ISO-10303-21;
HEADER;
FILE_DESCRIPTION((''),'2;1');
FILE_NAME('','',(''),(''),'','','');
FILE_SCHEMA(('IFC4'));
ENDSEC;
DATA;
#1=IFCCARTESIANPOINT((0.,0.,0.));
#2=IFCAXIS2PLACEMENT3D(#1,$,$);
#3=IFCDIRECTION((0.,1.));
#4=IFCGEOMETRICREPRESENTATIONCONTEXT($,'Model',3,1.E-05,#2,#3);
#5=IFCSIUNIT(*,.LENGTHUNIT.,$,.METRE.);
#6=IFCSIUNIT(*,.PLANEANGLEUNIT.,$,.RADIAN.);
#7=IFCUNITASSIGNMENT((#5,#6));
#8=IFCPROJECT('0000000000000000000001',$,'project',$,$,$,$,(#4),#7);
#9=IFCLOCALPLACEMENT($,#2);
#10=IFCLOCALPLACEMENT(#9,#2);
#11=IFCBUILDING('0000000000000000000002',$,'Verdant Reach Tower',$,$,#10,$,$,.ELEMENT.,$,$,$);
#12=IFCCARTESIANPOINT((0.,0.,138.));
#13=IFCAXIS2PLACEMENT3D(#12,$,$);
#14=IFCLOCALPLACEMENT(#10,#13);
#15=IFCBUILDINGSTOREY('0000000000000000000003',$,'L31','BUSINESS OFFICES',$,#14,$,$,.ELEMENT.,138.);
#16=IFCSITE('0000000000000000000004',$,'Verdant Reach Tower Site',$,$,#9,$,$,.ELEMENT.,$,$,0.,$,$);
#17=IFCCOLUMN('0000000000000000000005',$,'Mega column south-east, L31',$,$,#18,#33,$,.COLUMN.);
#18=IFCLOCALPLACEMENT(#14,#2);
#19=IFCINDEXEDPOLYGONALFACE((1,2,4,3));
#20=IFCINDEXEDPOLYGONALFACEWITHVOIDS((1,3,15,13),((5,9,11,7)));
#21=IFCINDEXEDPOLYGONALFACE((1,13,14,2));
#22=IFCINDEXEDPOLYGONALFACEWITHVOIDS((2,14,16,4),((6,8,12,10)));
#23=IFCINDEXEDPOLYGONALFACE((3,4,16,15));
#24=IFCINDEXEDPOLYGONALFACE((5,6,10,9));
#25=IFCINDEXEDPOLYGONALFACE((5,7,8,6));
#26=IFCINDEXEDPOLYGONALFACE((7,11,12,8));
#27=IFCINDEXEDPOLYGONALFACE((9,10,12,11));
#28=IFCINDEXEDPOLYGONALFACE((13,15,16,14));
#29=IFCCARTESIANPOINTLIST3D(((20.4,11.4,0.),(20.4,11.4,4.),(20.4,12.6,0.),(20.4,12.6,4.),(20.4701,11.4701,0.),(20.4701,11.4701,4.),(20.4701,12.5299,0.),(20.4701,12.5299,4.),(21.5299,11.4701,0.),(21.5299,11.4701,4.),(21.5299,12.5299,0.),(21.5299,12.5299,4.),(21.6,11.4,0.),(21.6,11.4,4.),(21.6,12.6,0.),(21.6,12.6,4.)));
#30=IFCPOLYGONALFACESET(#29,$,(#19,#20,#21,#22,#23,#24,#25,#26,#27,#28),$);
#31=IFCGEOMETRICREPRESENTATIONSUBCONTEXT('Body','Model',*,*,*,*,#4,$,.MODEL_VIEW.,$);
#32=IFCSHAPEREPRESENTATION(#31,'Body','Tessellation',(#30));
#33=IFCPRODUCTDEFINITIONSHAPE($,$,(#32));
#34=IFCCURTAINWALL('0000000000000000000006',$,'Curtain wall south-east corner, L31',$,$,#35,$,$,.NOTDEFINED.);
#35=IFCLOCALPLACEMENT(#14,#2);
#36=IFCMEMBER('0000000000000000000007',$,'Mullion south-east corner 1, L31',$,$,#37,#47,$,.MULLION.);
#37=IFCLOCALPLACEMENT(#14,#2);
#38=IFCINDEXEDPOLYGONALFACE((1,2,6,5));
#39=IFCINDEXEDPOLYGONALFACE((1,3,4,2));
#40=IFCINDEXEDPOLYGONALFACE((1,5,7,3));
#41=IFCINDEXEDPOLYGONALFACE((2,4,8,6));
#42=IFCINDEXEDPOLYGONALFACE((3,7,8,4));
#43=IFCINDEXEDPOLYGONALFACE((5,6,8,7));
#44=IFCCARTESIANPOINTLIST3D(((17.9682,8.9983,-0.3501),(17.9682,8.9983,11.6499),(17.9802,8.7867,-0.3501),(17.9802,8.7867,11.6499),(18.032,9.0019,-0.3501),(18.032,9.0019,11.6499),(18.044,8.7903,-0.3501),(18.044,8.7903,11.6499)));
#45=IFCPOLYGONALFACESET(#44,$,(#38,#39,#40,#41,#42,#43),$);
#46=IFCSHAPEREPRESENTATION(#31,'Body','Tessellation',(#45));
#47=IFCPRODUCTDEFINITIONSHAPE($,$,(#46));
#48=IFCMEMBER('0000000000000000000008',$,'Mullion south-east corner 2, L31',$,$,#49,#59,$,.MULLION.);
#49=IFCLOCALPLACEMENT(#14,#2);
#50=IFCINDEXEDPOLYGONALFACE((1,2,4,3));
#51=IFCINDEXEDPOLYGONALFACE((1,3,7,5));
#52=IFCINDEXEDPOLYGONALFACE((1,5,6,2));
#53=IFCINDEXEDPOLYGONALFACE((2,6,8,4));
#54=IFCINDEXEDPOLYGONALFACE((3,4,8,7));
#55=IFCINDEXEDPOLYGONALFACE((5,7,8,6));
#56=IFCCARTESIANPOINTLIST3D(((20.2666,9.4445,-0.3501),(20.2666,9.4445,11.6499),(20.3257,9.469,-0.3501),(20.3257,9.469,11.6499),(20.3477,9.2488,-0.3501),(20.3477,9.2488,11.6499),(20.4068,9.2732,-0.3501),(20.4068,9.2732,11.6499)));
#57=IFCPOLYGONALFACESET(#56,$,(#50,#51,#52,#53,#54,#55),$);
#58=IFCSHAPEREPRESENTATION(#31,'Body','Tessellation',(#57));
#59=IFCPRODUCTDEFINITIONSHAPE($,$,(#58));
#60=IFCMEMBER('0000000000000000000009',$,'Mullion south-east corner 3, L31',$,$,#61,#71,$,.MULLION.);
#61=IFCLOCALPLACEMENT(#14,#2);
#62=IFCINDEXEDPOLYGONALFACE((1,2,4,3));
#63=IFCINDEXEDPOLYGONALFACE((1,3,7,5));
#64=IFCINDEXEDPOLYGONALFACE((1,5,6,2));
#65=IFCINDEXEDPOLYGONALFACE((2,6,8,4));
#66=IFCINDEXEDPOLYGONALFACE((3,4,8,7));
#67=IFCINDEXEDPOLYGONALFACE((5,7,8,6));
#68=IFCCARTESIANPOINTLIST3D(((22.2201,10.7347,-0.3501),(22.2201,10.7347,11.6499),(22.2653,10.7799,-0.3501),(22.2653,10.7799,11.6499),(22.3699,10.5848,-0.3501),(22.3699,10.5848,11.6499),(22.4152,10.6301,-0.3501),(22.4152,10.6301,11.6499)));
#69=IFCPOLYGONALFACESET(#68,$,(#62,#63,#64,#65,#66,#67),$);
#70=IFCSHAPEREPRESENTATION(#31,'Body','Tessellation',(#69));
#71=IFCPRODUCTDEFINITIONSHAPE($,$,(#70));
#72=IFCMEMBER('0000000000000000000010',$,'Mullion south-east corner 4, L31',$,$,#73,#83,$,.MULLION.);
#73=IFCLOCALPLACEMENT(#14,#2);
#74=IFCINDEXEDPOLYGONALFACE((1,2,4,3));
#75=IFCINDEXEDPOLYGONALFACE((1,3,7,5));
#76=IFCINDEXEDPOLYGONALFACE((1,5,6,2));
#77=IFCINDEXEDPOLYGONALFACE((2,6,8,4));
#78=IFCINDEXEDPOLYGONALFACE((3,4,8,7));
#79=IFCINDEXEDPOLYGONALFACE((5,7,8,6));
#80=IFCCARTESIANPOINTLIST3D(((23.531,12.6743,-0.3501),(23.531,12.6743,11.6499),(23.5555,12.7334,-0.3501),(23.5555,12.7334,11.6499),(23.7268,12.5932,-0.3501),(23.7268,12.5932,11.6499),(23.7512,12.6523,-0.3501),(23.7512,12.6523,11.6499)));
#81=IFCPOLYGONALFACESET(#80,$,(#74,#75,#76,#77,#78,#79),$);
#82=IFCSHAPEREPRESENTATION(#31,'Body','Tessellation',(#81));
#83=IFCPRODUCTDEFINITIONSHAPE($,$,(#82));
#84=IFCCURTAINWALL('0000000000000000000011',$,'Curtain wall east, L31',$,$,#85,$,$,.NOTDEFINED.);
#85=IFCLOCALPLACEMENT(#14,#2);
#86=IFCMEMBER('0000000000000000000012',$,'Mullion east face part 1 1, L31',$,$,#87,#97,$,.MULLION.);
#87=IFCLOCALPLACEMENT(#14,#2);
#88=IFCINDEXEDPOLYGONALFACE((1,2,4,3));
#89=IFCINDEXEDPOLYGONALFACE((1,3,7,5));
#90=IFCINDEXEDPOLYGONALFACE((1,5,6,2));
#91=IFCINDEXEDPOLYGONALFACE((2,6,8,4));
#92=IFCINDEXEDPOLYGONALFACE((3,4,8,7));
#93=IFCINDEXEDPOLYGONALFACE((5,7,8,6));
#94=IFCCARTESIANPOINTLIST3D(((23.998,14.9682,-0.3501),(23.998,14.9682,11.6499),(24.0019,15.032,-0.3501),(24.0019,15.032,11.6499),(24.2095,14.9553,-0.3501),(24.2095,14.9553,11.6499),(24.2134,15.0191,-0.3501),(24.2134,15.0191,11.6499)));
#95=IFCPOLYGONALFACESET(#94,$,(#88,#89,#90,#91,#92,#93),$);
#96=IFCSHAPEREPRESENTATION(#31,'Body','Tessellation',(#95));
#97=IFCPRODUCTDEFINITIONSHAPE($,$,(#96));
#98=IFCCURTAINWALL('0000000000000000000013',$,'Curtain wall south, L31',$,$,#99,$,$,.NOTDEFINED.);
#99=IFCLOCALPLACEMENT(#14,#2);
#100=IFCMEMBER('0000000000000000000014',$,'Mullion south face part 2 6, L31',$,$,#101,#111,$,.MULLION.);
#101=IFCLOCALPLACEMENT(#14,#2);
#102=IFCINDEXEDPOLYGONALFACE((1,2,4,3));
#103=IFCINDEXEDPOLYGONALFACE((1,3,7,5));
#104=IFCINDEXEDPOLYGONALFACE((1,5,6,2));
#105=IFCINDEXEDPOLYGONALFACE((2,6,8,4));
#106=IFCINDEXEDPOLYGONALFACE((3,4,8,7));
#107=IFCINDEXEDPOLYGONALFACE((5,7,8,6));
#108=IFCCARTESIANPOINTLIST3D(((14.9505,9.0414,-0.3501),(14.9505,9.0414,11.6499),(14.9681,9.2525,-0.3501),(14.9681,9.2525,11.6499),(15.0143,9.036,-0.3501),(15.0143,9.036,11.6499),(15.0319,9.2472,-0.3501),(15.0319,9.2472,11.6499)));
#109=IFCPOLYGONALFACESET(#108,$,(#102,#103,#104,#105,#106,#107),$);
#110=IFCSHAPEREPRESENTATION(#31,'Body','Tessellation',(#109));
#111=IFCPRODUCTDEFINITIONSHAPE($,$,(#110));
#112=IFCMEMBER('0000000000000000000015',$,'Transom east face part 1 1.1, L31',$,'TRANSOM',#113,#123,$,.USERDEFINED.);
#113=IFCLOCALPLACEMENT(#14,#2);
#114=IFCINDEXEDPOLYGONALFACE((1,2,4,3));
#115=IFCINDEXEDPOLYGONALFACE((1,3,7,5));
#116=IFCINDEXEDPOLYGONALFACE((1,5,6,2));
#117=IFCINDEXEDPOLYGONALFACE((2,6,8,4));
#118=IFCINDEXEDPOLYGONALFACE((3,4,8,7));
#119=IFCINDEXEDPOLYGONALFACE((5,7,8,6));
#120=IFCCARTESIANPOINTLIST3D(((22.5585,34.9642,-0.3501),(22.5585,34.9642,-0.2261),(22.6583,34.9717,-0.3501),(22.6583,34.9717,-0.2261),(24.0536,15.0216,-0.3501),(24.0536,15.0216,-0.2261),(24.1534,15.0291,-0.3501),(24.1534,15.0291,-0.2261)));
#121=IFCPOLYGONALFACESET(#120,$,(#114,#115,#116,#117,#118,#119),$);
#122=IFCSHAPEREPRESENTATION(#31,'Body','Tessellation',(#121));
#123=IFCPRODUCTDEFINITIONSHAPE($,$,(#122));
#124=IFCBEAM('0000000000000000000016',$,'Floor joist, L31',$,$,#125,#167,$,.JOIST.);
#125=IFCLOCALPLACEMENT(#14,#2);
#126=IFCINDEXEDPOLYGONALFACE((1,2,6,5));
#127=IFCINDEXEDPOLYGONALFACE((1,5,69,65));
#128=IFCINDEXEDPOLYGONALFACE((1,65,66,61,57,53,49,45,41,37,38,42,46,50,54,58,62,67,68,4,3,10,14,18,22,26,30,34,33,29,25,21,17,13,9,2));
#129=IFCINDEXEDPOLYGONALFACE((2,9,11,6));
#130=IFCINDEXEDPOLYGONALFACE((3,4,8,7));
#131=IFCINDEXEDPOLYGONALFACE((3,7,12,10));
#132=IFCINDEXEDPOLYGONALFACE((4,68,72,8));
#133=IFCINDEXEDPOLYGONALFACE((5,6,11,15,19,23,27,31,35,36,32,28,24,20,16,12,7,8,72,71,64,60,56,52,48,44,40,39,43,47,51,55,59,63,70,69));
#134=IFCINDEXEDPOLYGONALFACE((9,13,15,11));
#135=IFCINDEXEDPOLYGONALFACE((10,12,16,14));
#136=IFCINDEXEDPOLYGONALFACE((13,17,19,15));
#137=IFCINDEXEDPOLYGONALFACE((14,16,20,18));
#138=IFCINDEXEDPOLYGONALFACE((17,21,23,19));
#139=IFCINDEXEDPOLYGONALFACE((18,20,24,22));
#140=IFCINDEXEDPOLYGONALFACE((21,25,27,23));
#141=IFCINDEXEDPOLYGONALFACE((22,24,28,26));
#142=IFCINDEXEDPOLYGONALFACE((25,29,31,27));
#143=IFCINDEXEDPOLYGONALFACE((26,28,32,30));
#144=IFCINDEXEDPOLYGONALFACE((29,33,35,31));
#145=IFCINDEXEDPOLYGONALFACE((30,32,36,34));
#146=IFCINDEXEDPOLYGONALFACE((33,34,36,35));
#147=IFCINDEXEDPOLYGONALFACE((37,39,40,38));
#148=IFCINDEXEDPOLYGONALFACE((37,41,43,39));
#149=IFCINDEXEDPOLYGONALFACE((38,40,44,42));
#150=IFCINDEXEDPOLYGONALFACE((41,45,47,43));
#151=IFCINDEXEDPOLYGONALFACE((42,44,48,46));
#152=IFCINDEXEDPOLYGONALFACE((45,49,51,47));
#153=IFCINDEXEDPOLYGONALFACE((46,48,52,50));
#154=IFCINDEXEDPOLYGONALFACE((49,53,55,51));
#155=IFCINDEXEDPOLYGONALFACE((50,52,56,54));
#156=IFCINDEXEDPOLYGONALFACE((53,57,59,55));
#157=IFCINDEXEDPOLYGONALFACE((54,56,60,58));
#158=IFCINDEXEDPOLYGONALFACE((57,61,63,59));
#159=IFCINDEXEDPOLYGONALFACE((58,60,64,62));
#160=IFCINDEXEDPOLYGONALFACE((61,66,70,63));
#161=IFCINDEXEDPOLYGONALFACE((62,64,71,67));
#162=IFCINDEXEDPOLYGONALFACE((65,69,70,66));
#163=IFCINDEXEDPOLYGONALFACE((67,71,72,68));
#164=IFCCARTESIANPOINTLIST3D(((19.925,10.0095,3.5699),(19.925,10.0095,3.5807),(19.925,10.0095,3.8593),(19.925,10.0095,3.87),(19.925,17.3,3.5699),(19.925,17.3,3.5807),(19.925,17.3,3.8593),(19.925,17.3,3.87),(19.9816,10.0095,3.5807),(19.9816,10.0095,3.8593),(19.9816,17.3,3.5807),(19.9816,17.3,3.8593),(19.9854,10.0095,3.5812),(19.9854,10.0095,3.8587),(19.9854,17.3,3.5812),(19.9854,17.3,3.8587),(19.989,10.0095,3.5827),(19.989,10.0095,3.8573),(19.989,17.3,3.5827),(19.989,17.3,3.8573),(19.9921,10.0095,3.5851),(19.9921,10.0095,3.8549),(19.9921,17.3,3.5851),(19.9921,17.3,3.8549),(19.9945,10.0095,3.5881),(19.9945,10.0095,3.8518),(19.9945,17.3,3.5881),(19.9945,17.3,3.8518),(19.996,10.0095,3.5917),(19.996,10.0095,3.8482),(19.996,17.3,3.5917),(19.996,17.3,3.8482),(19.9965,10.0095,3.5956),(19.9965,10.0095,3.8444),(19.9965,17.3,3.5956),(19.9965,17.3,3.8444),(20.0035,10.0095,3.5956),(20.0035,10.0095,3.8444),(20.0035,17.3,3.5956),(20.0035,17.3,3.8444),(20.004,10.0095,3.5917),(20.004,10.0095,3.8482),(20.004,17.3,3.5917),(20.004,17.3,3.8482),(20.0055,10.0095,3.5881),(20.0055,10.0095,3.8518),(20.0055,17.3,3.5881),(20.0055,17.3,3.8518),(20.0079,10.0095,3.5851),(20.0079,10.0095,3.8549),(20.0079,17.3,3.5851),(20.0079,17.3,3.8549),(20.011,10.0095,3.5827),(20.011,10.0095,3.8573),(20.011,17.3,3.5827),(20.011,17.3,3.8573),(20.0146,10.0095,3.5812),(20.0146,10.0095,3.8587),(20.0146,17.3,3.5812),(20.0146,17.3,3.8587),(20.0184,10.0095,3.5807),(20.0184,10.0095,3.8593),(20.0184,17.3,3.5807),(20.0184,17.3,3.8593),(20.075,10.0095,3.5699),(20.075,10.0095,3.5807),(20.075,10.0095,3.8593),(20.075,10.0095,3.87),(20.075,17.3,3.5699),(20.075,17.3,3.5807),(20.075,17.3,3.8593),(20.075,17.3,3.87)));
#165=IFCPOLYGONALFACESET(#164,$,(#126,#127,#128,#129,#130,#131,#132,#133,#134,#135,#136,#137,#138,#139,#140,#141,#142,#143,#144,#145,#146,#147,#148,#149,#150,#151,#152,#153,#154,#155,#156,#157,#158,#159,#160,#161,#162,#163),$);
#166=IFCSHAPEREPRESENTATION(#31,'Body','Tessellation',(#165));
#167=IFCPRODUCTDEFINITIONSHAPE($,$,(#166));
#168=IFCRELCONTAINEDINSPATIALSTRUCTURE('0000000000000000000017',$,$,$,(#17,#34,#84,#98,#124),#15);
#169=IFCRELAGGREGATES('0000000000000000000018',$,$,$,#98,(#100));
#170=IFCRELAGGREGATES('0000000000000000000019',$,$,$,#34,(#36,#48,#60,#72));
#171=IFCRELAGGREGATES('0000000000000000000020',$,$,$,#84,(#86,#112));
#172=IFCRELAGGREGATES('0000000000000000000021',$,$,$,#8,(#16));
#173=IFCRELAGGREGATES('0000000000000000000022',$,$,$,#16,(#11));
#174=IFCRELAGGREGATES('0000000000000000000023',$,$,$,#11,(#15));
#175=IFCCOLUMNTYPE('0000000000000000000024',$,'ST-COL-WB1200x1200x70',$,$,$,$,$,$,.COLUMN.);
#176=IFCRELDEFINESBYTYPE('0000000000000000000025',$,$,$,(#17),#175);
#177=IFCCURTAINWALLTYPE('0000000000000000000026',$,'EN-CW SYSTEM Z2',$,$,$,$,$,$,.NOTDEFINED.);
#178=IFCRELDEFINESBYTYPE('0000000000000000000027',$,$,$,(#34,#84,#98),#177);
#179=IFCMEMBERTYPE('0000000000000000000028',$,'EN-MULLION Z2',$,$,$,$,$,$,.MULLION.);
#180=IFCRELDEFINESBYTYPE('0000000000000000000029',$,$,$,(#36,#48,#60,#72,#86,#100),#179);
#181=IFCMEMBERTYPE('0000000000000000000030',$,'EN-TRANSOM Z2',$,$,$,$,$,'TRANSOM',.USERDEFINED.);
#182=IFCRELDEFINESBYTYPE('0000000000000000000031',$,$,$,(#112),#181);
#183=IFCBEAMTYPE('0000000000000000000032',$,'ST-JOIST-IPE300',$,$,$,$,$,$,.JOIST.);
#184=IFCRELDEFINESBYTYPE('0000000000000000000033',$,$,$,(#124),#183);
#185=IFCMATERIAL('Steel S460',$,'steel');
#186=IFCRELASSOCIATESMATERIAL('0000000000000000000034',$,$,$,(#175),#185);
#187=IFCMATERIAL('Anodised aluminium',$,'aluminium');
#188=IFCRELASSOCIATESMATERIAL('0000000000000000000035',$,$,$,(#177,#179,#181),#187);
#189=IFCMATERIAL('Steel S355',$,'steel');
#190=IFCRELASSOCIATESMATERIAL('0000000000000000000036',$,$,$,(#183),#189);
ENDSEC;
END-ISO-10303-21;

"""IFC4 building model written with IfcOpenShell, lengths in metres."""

from ifc_helpers import new_model, si_unit, direction, frame, origin, origin_2d, place, context, subcontext, project, spatial, rectangle, hollow_rectangle, i_section, extrude, material, material_profile, profile_set, type_object, element, aggregate, save


model = new_model("IFC4")

# Units and contexts
model_context = context("Model", 3, precision=1e-05, world=origin(), true_north=direction((0.0, 1.0)))
body_context = subcontext(model_context, "Body", "Model", "MODEL_VIEW")
ifc_project = project(units=[si_unit("LENGTHUNIT", "METRE"), si_unit("PLANEANGLEUNIT", "RADIAN")], contexts=[model_context])

# Site, building, storey
site_placement = place(None, origin())
site = spatial("IfcSite", under=ifc_project, at=site_placement, Name="Verdant Reach Tower Site", CompositionType="ELEMENT", RefElevation=0.0)
building_placement = place(site_placement, origin())
building = spatial("IfcBuilding", under=site, at=building_placement, Name="Verdant Reach Tower", CompositionType="ELEMENT")
storey_placement = place(building_placement, frame((0.0, 0.0, 138.0)))
storey = spatial("IfcBuildingStorey", under=building, at=storey_placement, Name="L31", Description="BUSINESS OFFICES", CompositionType="ELEMENT", Elevation=138.0)

# Column
ifc_material_1 = material(Name="Steel S460", Category="steel")
ifc_material_profile_1 = material_profile(ifc_material_1, hollow_rectangle(XDim=1.2, YDim=1.2, WallThickness=0.0701, at=origin_2d()), Name="WB 1200x1200x70")
ifc_profile_set_1 = profile_set([ifc_material_profile_1], Name="Steel S460")
column_type = type_object("IfcColumnType", Name="ST-COL-WB1200x1200x70", PredefinedType="COLUMN", material=ifc_profile_set_1)
column_placement = place(storey_placement, frame((21.0, 12.0, 0.0), z_axis=(0.0, 0.0, 1.0), x_axis=(1.0, 0.0, 0.0)))
element("IfcColumn", 1, at=column_placement, inside=storey, type_object=column_type, Name="Mega column south-east, L31", PredefinedType="COLUMN", context=body_context, shape_type="SweptSolid", body=[
    extrude(hollow_rectangle(XDim=1.2, YDim=1.2, WallThickness=0.0701, at=origin_2d()), origin(), (0.0, 0.0, 1.0), 4.0),
])

# Curtain wall, members
ifc_material_2 = material(Name="Anodised aluminium", Category="aluminium")
curtain_wall_type = type_object("IfcCurtainWallType", Name="EN-CW SYSTEM Z2", PredefinedType="NOTDEFINED", material=ifc_material_2)
curtain_wall_1_placement = place(storey_placement, origin())
curtain_wall_1 = element("IfcCurtainWall", 2, at=curtain_wall_1_placement, inside=storey, type_object=curtain_wall_type, Name="Curtain wall south-east corner, L31", PredefinedType="NOTDEFINED")
ifc_material_profile_2 = material_profile(ifc_material_2, rectangle(XDim=0.2119, YDim=0.064, at=origin_2d()), Name="Mullion 64x212")
ifc_profile_set_2 = profile_set([ifc_material_profile_2], Name="Anodised aluminium")
member_type_1 = type_object("IfcMemberType", Name="EN-MULLION Z2", PredefinedType="MULLION", material=ifc_profile_set_2)
member_1_placement = place(storey_placement, frame((18.0061, 8.8943, -0.3501), z_axis=(0.0, 0.0, 1.0), x_axis=(0.056569, -0.998399, 0.0)))
member_1 = element("IfcMember", 3, at=member_1_placement, type_object=member_type_1, Name="Mullion south-east corner 1, L31", PredefinedType="MULLION", context=body_context, shape_type="SweptSolid", body=[
    extrude(rectangle(XDim=0.2119, YDim=0.064, at=origin_2d()), origin(), (0.0, 0.0, 1.0), 12.0),
])
member_2_placement = place(storey_placement, frame((20.3367, 9.3589, -0.3501), z_axis=(0.0, 0.0, 1.0), x_axis=(0.382694, -0.923875, 0.0)))
member_2 = element("IfcMember", 4, at=member_2_placement, type_object=member_type_1, Name="Mullion south-east corner 2, L31", PredefinedType="MULLION", context=body_context, shape_type="SweptSolid", body=[
    extrude(rectangle(XDim=0.2119, YDim=0.064, at=origin_2d()), origin(), (0.0, 0.0, 1.0), 12.0),
])
member_3_placement = place(storey_placement, frame((22.3176, 10.6824, -0.3501), z_axis=(0.0, 0.0, 1.0), x_axis=(0.707107, -0.707107, 0.0)))
member_3 = element("IfcMember", 5, at=member_3_placement, type_object=member_type_1, Name="Mullion south-east corner 3, L31", PredefinedType="MULLION", context=body_context, shape_type="SweptSolid", body=[
    extrude(rectangle(XDim=0.2119, YDim=0.064, at=origin_2d()), origin(), (0.0, 0.0, 1.0), 12.0),
])
member_4_placement = place(storey_placement, frame((23.6411, 12.6633, -0.3501), z_axis=(0.0, 0.0, 1.0), x_axis=(0.923875, -0.382694, 0.0)))
member_4 = element("IfcMember", 6, at=member_4_placement, type_object=member_type_1, Name="Mullion south-east corner 4, L31", PredefinedType="MULLION", context=body_context, shape_type="SweptSolid", body=[
    extrude(rectangle(XDim=0.2119, YDim=0.064, at=origin_2d()), origin(), (0.0, 0.0, 1.0), 12.0),
])

# Curtain walls, members
curtain_wall_2_placement = place(storey_placement, origin())
curtain_wall_2 = element("IfcCurtainWall", 7, at=curtain_wall_2_placement, inside=storey, type_object=curtain_wall_type, Name="Curtain wall east, L31", PredefinedType="NOTDEFINED")
member_5_placement = place(storey_placement, frame((24.1057, 14.9937, -0.3501), z_axis=(0.0, 0.0, 1.0), x_axis=(0.998156, -0.060703, 0.0)))
member_5 = element("IfcMember", 8, at=member_5_placement, type_object=member_type_1, Name="Mullion east face part 1 1, L31", PredefinedType="MULLION", context=body_context, shape_type="SweptSolid", body=[
    extrude(rectangle(XDim=0.2119, YDim=0.064, at=origin_2d()), origin(), (0.0, 0.0, 1.0), 12.0),
])
curtain_wall_3_placement = place(storey_placement, origin())
curtain_wall_3 = element("IfcCurtainWall", 9, at=curtain_wall_3_placement, inside=storey, type_object=curtain_wall_type, Name="Curtain wall south, L31", PredefinedType="NOTDEFINED")
member_6_placement = place(storey_placement, frame((14.9912, 9.1443, -0.3501), z_axis=(0.0, 0.0, 1.0), x_axis=(-0.083045, -0.996546, 0.0)))
member_6 = element("IfcMember", 10, at=member_6_placement, type_object=member_type_1, Name="Mullion south face part 2 6, L31", PredefinedType="MULLION", context=body_context, shape_type="SweptSolid", body=[
    extrude(rectangle(XDim=0.2119, YDim=0.064, at=origin_2d()), origin(), (0.0, 0.0, 1.0), 12.0),
])

# Member
ifc_material_profile_3 = material_profile(ifc_material_2, rectangle(XDim=0.1001, YDim=0.124, at=origin_2d()), Name="Transom 124x100")
ifc_profile_set_3 = profile_set([ifc_material_profile_3], Name="Anodised aluminium")
member_type_2 = type_object("IfcMemberType", Name="EN-TRANSOM Z2", ElementType="TRANSOM", PredefinedType="USERDEFINED", material=ifc_profile_set_3)
member_7_placement = place(storey_placement, frame((24.1035, 15.0254, -0.2881), z_axis=(-0.074761, 0.997201, 0.0), x_axis=(-0.997201, -0.074761, 0.0)))
member_7 = element("IfcMember", 11, at=member_7_placement, type_object=member_type_2, Name="Transom east face part 1 1.1, L31", ObjectType="TRANSOM", PredefinedType="USERDEFINED", context=body_context, shape_type="SweptSolid", body=[
    extrude(rectangle(XDim=0.1001, YDim=0.124, at=origin_2d()), origin(), (0.0, 0.0, 1.0), 19.9985),
])

# Beam
ifc_material_3 = material(Name="Steel S355", Category="steel")
ifc_material_profile_4 = material_profile(ifc_material_3, i_section(OverallWidth=0.1499, OverallDepth=0.3, WebThickness=0.0071, FlangeThickness=0.0107, FilletRadius=0.0149, at=origin_2d()), Name="IPE 300")
ifc_profile_set_4 = profile_set([ifc_material_profile_4], Name="Steel S355")
beam_type_1 = type_object("IfcBeamType", Name="ST-JOIST-IPE300", PredefinedType="JOIST", material=ifc_profile_set_4)
beam_1_placement = place(storey_placement, frame((20.0, 17.3, 3.72), z_axis=(0.0, -1.0, 0.0), x_axis=(1.0, 0.0, 0.0)))
element("IfcBeam", 12, at=beam_1_placement, inside=storey, type_object=beam_type_1, Name="Floor joist, L31", PredefinedType="JOIST", context=body_context, shape_type="SweptSolid", body=[
    extrude(i_section(OverallWidth=0.1499, OverallDepth=0.3, WebThickness=0.0071, FlangeThickness=0.0107, FilletRadius=0.0149, at=origin_2d()), origin(), (0.0, 0.0, 1.0), 7.2905),
])

aggregate(curtain_wall_3, [member_6])
aggregate(curtain_wall_1, [member_1, member_2, member_3, member_4])
aggregate(curtain_wall_2, [member_5, member_7])

save(model, "model.ifc")
